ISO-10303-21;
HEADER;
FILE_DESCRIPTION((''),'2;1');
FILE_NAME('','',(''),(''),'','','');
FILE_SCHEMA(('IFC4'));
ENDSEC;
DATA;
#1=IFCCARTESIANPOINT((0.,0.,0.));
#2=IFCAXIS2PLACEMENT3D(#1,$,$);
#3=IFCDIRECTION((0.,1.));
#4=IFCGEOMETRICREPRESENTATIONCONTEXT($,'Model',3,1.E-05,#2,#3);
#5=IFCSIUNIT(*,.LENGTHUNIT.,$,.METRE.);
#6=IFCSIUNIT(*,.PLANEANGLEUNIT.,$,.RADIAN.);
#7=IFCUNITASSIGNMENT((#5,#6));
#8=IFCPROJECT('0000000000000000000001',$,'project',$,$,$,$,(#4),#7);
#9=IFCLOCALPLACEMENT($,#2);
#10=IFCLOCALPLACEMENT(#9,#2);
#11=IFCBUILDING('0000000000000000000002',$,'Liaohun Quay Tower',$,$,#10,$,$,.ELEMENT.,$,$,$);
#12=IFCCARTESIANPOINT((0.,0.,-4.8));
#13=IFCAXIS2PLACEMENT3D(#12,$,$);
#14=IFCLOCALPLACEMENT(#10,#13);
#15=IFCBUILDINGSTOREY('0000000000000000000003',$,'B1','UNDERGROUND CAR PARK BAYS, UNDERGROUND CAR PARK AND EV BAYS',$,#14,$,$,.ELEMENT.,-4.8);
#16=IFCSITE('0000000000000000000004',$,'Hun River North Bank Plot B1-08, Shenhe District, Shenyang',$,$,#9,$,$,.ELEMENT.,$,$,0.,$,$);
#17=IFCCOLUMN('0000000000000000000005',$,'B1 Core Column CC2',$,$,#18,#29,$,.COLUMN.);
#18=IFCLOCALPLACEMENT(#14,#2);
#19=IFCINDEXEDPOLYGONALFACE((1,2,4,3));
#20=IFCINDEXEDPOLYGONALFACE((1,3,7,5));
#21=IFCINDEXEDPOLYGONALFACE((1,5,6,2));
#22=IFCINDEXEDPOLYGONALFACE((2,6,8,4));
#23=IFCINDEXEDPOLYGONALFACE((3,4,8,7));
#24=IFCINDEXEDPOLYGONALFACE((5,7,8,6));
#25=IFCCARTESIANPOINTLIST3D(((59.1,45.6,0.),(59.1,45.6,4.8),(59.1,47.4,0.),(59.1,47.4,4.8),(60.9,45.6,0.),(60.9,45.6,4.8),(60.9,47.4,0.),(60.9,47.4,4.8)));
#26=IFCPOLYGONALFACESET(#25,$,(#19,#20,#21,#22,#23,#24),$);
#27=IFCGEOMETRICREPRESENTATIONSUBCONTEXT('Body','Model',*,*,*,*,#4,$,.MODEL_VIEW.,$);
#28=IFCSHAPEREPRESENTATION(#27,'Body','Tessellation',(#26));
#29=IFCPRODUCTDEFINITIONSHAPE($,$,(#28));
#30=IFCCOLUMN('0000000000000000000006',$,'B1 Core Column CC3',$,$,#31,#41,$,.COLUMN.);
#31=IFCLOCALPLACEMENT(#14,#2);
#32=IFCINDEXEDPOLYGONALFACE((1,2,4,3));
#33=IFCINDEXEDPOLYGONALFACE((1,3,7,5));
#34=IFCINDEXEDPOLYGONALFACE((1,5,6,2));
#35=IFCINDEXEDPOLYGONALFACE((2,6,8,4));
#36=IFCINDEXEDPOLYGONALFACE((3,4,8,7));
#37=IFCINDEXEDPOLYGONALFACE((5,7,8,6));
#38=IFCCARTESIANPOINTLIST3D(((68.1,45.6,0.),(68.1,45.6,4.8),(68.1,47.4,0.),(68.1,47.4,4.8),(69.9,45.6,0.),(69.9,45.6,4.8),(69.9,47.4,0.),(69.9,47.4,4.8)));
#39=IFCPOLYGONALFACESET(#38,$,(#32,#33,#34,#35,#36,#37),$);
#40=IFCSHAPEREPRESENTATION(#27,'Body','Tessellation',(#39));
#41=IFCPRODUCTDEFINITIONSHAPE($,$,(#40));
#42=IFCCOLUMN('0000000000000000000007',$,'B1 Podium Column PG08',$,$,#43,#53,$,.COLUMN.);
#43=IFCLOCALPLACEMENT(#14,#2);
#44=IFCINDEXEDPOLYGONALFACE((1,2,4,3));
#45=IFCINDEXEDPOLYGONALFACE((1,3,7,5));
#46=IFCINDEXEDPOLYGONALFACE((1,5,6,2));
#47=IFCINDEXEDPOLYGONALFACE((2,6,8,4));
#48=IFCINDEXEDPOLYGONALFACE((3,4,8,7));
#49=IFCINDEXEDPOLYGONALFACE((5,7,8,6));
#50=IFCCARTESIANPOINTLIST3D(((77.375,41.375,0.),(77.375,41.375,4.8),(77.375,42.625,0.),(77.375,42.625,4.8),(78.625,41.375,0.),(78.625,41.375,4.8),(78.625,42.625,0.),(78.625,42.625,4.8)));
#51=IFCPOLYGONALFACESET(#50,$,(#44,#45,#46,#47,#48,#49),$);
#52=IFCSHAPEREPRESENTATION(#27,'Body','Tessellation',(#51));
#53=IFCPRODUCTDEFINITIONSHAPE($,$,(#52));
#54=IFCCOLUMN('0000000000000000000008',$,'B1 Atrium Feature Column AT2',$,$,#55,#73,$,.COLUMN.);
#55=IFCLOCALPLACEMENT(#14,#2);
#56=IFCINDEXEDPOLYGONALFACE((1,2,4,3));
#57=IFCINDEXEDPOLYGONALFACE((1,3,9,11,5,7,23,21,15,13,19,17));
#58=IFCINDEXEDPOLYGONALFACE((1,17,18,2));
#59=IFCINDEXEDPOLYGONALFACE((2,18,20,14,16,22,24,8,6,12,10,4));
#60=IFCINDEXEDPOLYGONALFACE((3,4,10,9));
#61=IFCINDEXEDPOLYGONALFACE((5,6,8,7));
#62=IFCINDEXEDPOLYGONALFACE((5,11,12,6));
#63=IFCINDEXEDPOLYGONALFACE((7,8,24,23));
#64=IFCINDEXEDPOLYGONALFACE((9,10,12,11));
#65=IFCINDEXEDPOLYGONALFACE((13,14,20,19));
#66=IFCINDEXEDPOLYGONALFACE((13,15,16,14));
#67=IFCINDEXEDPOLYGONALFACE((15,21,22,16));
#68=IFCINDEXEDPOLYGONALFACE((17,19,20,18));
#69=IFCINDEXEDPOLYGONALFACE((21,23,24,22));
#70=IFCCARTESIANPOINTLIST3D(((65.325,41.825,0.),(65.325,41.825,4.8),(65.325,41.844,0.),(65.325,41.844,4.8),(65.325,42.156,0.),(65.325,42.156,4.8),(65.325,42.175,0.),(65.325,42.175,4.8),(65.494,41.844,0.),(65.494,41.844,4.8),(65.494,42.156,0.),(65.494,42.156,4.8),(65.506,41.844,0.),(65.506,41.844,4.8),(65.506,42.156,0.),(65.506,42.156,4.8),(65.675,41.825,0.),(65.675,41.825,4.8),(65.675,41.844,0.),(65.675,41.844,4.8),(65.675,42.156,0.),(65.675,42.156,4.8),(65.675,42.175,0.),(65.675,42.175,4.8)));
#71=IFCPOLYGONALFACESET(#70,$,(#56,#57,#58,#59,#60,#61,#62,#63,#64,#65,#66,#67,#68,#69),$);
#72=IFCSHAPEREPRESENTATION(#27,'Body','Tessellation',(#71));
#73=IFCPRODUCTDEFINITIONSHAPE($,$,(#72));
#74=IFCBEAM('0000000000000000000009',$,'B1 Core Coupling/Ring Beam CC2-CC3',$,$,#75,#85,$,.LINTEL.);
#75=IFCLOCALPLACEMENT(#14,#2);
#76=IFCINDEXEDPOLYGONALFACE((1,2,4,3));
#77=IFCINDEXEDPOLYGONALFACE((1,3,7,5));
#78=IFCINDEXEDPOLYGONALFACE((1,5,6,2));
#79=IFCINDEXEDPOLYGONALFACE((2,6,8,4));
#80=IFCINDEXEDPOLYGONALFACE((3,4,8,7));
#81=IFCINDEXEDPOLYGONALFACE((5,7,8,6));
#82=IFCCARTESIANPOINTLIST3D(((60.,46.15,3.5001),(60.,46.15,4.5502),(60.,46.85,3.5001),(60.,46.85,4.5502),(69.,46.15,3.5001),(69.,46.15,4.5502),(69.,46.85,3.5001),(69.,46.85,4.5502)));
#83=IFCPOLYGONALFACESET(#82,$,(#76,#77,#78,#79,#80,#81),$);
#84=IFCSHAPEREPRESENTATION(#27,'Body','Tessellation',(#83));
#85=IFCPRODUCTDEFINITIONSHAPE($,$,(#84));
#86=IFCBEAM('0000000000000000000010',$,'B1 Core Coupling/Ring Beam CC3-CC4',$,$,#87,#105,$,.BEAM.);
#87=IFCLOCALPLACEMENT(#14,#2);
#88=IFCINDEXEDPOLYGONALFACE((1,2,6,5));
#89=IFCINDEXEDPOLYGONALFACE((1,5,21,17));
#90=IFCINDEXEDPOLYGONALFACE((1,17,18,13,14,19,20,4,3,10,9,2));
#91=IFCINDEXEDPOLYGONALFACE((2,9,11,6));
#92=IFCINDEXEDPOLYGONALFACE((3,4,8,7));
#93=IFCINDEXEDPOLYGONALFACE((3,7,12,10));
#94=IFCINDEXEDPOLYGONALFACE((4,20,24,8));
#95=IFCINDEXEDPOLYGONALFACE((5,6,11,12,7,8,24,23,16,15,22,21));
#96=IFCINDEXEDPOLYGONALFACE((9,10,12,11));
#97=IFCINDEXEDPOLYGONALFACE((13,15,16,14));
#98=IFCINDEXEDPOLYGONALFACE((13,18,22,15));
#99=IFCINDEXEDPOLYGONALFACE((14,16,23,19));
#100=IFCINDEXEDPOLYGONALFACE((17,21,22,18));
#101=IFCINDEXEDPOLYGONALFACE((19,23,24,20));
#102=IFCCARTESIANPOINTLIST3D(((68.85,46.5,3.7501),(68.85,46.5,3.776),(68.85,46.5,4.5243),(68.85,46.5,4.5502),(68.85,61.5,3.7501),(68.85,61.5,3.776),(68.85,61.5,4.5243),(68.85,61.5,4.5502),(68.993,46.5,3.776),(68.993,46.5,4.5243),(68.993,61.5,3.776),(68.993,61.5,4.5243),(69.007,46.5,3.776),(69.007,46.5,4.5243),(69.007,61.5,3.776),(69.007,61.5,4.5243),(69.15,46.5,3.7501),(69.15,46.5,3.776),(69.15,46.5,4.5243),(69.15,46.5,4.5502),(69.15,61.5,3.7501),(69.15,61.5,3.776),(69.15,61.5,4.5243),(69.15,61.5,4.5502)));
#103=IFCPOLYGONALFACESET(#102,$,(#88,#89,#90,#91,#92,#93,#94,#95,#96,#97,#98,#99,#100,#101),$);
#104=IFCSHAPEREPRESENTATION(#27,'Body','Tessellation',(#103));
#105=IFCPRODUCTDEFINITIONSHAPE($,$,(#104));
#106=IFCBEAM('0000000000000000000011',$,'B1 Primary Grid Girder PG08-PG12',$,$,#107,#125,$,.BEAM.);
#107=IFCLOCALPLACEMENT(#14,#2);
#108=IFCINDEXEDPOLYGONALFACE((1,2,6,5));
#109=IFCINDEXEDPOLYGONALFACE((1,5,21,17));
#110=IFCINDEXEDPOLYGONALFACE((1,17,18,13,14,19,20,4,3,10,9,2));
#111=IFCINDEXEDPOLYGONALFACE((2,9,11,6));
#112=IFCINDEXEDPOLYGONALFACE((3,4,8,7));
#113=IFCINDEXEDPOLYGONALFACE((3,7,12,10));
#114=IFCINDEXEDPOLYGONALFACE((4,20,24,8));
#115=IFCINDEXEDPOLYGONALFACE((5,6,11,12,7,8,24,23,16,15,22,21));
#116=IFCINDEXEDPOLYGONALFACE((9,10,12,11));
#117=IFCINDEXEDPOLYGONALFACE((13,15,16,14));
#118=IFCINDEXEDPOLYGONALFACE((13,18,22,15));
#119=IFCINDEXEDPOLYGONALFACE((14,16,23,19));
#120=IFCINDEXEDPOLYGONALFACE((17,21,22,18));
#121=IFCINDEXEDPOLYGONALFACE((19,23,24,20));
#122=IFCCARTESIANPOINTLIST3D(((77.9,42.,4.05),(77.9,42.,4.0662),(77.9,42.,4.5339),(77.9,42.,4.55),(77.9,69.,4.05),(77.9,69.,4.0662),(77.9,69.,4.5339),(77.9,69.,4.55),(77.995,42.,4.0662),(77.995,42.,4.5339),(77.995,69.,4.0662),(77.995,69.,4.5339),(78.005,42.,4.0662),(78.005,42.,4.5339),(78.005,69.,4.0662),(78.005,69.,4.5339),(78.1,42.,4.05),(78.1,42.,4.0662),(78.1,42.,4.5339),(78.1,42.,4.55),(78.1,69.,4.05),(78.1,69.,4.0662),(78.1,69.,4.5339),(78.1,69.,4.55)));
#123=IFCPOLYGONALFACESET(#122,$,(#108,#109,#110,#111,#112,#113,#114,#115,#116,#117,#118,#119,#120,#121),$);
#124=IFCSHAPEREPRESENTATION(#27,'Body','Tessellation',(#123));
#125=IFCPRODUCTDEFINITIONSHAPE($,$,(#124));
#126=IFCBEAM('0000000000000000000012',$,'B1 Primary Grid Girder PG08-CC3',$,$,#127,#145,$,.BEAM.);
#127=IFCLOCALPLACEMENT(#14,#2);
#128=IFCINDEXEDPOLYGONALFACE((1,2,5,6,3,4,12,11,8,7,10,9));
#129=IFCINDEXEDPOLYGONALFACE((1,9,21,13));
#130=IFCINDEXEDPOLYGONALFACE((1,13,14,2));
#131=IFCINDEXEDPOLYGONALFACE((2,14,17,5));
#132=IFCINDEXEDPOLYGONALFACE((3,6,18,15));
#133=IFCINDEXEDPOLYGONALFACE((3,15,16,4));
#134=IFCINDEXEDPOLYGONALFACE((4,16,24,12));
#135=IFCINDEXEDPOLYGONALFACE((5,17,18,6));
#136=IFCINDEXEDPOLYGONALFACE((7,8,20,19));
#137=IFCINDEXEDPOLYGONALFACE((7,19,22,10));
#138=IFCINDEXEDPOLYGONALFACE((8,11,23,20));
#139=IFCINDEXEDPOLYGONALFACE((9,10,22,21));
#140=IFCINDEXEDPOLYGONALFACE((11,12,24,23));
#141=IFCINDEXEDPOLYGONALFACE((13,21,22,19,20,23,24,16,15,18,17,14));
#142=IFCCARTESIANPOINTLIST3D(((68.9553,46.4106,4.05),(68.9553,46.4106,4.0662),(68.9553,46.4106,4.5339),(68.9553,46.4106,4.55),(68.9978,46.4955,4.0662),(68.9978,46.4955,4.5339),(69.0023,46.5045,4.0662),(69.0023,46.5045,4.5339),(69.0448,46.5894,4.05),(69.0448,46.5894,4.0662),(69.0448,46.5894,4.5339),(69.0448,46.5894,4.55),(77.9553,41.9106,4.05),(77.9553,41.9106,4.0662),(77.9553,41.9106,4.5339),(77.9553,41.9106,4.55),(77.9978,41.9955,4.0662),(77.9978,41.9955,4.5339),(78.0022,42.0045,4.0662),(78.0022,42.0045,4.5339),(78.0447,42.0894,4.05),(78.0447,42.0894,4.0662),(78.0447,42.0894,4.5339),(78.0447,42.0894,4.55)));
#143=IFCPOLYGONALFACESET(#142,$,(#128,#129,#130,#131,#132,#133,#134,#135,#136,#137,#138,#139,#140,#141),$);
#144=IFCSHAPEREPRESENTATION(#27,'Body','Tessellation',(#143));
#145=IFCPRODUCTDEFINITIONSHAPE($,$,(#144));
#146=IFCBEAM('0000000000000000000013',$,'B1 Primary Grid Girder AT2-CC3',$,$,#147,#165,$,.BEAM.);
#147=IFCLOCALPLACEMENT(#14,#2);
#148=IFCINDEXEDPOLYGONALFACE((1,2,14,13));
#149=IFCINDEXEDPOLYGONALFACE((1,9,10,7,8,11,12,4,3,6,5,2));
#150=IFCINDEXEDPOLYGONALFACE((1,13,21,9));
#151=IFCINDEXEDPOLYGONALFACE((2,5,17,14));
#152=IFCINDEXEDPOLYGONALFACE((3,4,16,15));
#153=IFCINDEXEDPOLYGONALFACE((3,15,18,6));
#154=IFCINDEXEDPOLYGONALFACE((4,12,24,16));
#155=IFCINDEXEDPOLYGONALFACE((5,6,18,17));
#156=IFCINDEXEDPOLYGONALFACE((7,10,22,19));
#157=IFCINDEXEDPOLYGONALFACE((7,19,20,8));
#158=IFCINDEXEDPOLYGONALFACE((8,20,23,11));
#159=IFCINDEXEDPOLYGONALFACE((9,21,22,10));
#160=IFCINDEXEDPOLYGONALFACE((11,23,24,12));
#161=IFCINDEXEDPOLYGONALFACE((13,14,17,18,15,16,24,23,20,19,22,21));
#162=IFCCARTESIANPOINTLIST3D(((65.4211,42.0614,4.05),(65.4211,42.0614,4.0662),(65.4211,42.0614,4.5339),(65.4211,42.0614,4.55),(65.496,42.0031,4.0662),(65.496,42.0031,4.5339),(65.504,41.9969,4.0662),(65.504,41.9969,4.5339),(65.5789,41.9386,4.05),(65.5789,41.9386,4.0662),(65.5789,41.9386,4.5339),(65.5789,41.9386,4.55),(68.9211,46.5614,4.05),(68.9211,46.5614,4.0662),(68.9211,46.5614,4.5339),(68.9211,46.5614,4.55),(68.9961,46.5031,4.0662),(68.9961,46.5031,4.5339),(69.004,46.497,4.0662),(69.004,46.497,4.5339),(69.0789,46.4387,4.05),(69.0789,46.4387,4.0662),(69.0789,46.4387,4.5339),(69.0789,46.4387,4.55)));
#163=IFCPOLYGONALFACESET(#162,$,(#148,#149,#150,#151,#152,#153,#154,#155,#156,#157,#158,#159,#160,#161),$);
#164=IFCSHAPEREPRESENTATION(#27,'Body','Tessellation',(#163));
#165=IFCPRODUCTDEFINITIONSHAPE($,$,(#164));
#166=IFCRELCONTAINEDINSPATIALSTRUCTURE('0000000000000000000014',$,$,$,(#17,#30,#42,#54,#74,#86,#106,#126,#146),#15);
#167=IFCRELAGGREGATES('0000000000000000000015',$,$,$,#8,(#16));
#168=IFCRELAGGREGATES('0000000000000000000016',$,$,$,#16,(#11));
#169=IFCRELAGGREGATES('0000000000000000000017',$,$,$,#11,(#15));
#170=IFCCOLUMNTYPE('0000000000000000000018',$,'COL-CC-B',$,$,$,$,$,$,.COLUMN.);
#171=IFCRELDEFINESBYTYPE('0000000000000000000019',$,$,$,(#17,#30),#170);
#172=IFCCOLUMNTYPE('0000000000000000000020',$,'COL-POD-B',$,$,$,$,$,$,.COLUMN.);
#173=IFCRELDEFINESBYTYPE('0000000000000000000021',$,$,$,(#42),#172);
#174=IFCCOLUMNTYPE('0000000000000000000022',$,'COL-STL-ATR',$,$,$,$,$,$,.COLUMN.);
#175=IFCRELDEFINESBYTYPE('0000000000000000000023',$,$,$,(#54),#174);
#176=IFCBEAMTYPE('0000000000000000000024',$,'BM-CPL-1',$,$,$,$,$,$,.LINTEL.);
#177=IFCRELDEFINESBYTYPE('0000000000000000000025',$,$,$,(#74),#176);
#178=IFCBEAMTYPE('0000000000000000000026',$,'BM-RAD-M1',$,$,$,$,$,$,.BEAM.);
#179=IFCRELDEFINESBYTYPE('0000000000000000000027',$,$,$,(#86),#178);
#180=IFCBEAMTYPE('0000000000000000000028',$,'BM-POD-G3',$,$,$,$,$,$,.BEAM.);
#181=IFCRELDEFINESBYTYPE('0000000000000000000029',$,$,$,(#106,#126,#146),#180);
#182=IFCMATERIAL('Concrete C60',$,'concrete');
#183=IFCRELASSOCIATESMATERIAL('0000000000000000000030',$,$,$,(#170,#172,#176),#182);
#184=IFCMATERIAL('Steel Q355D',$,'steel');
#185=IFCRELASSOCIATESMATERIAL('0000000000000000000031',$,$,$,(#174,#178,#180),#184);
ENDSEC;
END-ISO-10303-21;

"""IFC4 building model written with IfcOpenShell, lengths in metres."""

from ifc_helpers import new_model, si_unit, direction, frame, origin, origin_2d, place, context, subcontext, project, spatial, rectangle, i_section, extrude, source, transform, mapped, material, material_profile, profile_set, type_object, element, save


model = new_model("IFC4")

# Units and contexts
model_context = context("Model", 3, precision=1e-05, world=origin(), true_north=direction((0.0, 1.0)))
body_context = subcontext(model_context, "Body", "Model", "MODEL_VIEW")
ifc_project = project(units=[si_unit("LENGTHUNIT", "METRE"), si_unit("PLANEANGLEUNIT", "RADIAN")], contexts=[model_context])

# Site, building, storey
site_placement = place(None, origin())
site = spatial("IfcSite", under=ifc_project, at=site_placement, Name="Hun River North Bank Plot B1-08, Shenhe District, Shenyang", CompositionType="ELEMENT", RefElevation=0.0)
building_placement = place(site_placement, origin())
building = spatial("IfcBuilding", under=site, at=building_placement, Name="Liaohun Quay Tower", CompositionType="ELEMENT")
storey_placement = place(building_placement, frame((0.0, 0.0, -4.8)))
storey = spatial("IfcBuildingStorey", under=building, at=storey_placement, Name="B1", Description="UNDERGROUND CAR PARK BAYS, UNDERGROUND CAR PARK AND EV BAYS", CompositionType="ELEMENT", Elevation=-4.8)

# Columns
ifc_material_1 = material(Name="Concrete C60", Category="concrete")
ifc_material_profile_1 = material_profile(ifc_material_1, rectangle(XDim=1.8, YDim=1.8, at=origin_2d()), Name="RC1800x1800")
ifc_profile_set_1 = profile_set([ifc_material_profile_1], Name="Concrete C60")
column_type_1 = type_object("IfcColumnType", Name="COL-CC-B", PredefinedType="COLUMN", material=ifc_profile_set_1)
shared_shape_1 = source(origin(), body_context, "Body", "SweptSolid", [
    extrude(rectangle(XDim=1.8, YDim=1.8, at=origin_2d()), origin(), (0.0, 0.0, 1.0), 4.8),
])
for number, where, z_axis, x_axis, name in (
    (1, (60.0, 46.5, 0.0), (0.0, 0.0, 1.0), (1.0, 0.0, 0.0), "B1 Core Column CC2"),
    (2, (69.0, 46.5, 0.0), (0.0, 0.0, 1.0), (1.0, 0.0, 0.0), "B1 Core Column CC3"),
):
    element("IfcColumn", number, at=place(storey_placement, frame(where, z_axis=z_axis, x_axis=x_axis)), inside=storey, type_object=column_type_1, Name=name, PredefinedType="COLUMN", context=body_context, shape_type="MappedRepresentation", body=[
        mapped(shared_shape_1, transform((0.0, 0.0, 0.0), x_axis=(1.0, 0.0, 0.0), y_axis=(0.0, 1.0, 0.0), z_axis=(0.0, 0.0, 1.0), scale=1.0)),
    ])
ifc_material_profile_2 = material_profile(ifc_material_1, rectangle(XDim=1.25, YDim=1.25, at=origin_2d()), Name="RC1250x1250")
ifc_profile_set_2 = profile_set([ifc_material_profile_2], Name="Concrete C60")
column_type_2 = type_object("IfcColumnType", Name="COL-POD-B", PredefinedType="COLUMN", material=ifc_profile_set_2)
shared_shape_2 = source(origin(), body_context, "Body", "SweptSolid", [
    extrude(rectangle(XDim=1.25, YDim=1.25, at=origin_2d()), origin(), (0.0, 0.0, 1.0), 4.8),
])
column_1_placement = place(storey_placement, frame((78.0, 42.0, 0.0), z_axis=(0.0, 0.0, 1.0), x_axis=(1.0, 0.0, 0.0)))
element("IfcColumn", 3, at=column_1_placement, inside=storey, type_object=column_type_2, Name="B1 Podium Column PG08", PredefinedType="COLUMN", context=body_context, shape_type="MappedRepresentation", body=[
    mapped(shared_shape_2, transform((0.0, 0.0, 0.0), x_axis=(1.0, 0.0, 0.0), y_axis=(0.0, 1.0, 0.0), z_axis=(0.0, 0.0, 1.0), scale=1.0)),
])
ifc_material_2 = material(Name="Steel Q355D", Category="steel")
ifc_material_profile_3 = material_profile(ifc_material_2, i_section(OverallWidth=0.3501, OverallDepth=0.3501, WebThickness=0.012, FlangeThickness=0.019, at=origin_2d()), Name="HW350x350x12x19")
ifc_profile_set_3 = profile_set([ifc_material_profile_3], Name="Steel Q355D")
column_type_3 = type_object("IfcColumnType", Name="COL-STL-ATR", PredefinedType="COLUMN", material=ifc_profile_set_3)
shared_shape_3 = source(origin(), body_context, "Body", "SweptSolid", [
    extrude(i_section(OverallWidth=0.3501, OverallDepth=0.3501, WebThickness=0.012, FlangeThickness=0.019, at=origin_2d()), origin(), (0.0, 0.0, 1.0), 4.8),
])
column_2_placement = place(storey_placement, frame((65.5, 42.0, 0.0), z_axis=(0.0, 0.0, 1.0), x_axis=(1.0, 0.0, 0.0)))
element("IfcColumn", 4, at=column_2_placement, inside=storey, type_object=column_type_3, Name="B1 Atrium Feature Column AT2", PredefinedType="COLUMN", context=body_context, shape_type="MappedRepresentation", body=[
    mapped(shared_shape_3, transform((0.0, 0.0, 0.0), x_axis=(1.0, 0.0, 0.0), y_axis=(0.0, 1.0, 0.0), z_axis=(0.0, 0.0, 1.0), scale=1.0)),
])

# Beams
ifc_material_profile_4 = material_profile(ifc_material_1, rectangle(XDim=0.7, YDim=1.05, at=origin_2d()), Name="RC700x1050")
ifc_profile_set_4 = profile_set([ifc_material_profile_4], Name="Concrete C60")
beam_type_1 = type_object("IfcBeamType", Name="BM-CPL-1", PredefinedType="LINTEL", material=ifc_profile_set_4)
shared_shape_4 = source(origin(), body_context, "Body", "SweptSolid", [
    extrude(rectangle(XDim=0.7, YDim=1.05, at=origin_2d()), origin(), (0.0, 0.0, 1.0), 9.0),
])
beam_1_placement = place(storey_placement, frame((60.0, 46.5, 4.0251), z_axis=(1.0, 0.0, 0.0), x_axis=(0.0, 1.0, 0.0)))
element("IfcBeam", 5, at=beam_1_placement, inside=storey, type_object=beam_type_1, Name="B1 Core Coupling/Ring Beam CC2-CC3", PredefinedType="LINTEL", context=body_context, shape_type="MappedRepresentation", body=[
    mapped(shared_shape_4, transform((0.0, 0.0, 0.0), x_axis=(1.0, 0.0, 0.0), y_axis=(0.0, 1.0, 0.0), z_axis=(0.0, 0.0, 1.0), scale=1.0)),
])
ifc_material_profile_5 = material_profile(ifc_material_2, i_section(OverallWidth=0.3, OverallDepth=0.8, WebThickness=0.0139, FlangeThickness=0.0259, at=origin_2d()), Name="HN800x300x14x26")
ifc_profile_set_5 = profile_set([ifc_material_profile_5], Name="Steel Q355D")
beam_type_2 = type_object("IfcBeamType", Name="BM-RAD-M1", PredefinedType="BEAM", material=ifc_profile_set_5)
shared_shape_5 = source(origin(), body_context, "Body", "SweptSolid", [
    extrude(i_section(OverallWidth=0.3, OverallDepth=0.8, WebThickness=0.0139, FlangeThickness=0.0259, at=origin_2d()), origin(), (0.0, 0.0, 1.0), 15.0),
])
beam_2_placement = place(storey_placement, frame((69.0, 46.5, 4.1501), z_axis=(0.0, 1.0, 0.0), x_axis=(-1.0, 0.0, 0.0)))
element("IfcBeam", 6, at=beam_2_placement, inside=storey, type_object=beam_type_2, Name="B1 Core Coupling/Ring Beam CC3-CC4", PredefinedType="BEAM", context=body_context, shape_type="MappedRepresentation", body=[
    mapped(shared_shape_5, transform((0.0, 0.0, 0.0), x_axis=(1.0, 0.0, 0.0), y_axis=(0.0, 1.0, 0.0), z_axis=(0.0, 0.0, 1.0), scale=1.0)),
])
ifc_material_profile_6 = material_profile(ifc_material_2, i_section(OverallWidth=0.2, OverallDepth=0.5, WebThickness=0.01, FlangeThickness=0.0161, at=origin_2d()), Name="HN500x200x10x16")
ifc_profile_set_6 = profile_set([ifc_material_profile_6], Name="Steel Q355D")
beam_type_3 = type_object("IfcBeamType", Name="BM-POD-G3", PredefinedType="BEAM", material=ifc_profile_set_6)
shared_shape_6 = source(origin(), body_context, "Body", "SweptSolid", [
    extrude(i_section(OverallWidth=0.2, OverallDepth=0.5, WebThickness=0.01, FlangeThickness=0.0161, at=origin_2d()), origin(), (0.0, 0.0, 1.0), 27.0),
])
beam_3_placement = place(storey_placement, frame((78.0, 42.0, 4.3), z_axis=(0.0, 1.0, 0.0), x_axis=(-1.0, 0.0, 0.0)))
element("IfcBeam", 7, at=beam_3_placement, inside=storey, type_object=beam_type_3, Name="B1 Primary Grid Girder PG08-PG12", PredefinedType="BEAM", context=body_context, shape_type="MappedRepresentation", body=[
    mapped(shared_shape_6, transform((0.0, 0.0, 0.0), x_axis=(1.0, 0.0, 0.0), y_axis=(0.0, 1.0, 0.0), z_axis=(0.0, 0.0, 1.0), scale=1.0)),
])
shared_shape_7 = source(origin(), body_context, "Body", "SweptSolid", [
    extrude(i_section(OverallWidth=0.2, OverallDepth=0.5, WebThickness=0.01, FlangeThickness=0.0161, at=origin_2d()), origin(), (0.0, 0.0, 1.0), 10.0623),
])
beam_4_placement = place(storey_placement, frame((78.0, 42.0, 4.3), z_axis=(-0.894427, 0.447214, 0.0), x_axis=(-0.447214, -0.894427, 0.0)))
element("IfcBeam", 8, at=beam_4_placement, inside=storey, type_object=beam_type_3, Name="B1 Primary Grid Girder PG08-CC3", PredefinedType="BEAM", context=body_context, shape_type="MappedRepresentation", body=[
    mapped(shared_shape_7, transform((0.0, 0.0, 0.0), x_axis=(1.0, 0.0, 0.0), y_axis=(0.0, 1.0, 0.0), z_axis=(0.0, 0.0, 1.0), scale=1.0)),
])
shared_shape_8 = source(origin(), body_context, "Body", "SweptSolid", [
    extrude(i_section(OverallWidth=0.2, OverallDepth=0.5, WebThickness=0.01, FlangeThickness=0.0161, at=origin_2d()), origin(), (0.0, 0.0, 1.0), 5.7009),
])
beam_5_placement = place(storey_placement, frame((65.5, 42.0, 4.3), z_axis=(0.613941, 0.789352, 0.0), x_axis=(-0.789352, 0.613941, 0.0)))
element("IfcBeam", 9, at=beam_5_placement, inside=storey, type_object=beam_type_3, Name="B1 Primary Grid Girder AT2-CC3", PredefinedType="BEAM", context=body_context, shape_type="MappedRepresentation", body=[
    mapped(shared_shape_8, transform((0.0, 0.0, 0.0), x_axis=(1.0, 0.0, 0.0), y_axis=(0.0, 1.0, 0.0), z_axis=(0.0, 0.0, 1.0), scale=1.0)),
])

save(model, "model.ifc")
